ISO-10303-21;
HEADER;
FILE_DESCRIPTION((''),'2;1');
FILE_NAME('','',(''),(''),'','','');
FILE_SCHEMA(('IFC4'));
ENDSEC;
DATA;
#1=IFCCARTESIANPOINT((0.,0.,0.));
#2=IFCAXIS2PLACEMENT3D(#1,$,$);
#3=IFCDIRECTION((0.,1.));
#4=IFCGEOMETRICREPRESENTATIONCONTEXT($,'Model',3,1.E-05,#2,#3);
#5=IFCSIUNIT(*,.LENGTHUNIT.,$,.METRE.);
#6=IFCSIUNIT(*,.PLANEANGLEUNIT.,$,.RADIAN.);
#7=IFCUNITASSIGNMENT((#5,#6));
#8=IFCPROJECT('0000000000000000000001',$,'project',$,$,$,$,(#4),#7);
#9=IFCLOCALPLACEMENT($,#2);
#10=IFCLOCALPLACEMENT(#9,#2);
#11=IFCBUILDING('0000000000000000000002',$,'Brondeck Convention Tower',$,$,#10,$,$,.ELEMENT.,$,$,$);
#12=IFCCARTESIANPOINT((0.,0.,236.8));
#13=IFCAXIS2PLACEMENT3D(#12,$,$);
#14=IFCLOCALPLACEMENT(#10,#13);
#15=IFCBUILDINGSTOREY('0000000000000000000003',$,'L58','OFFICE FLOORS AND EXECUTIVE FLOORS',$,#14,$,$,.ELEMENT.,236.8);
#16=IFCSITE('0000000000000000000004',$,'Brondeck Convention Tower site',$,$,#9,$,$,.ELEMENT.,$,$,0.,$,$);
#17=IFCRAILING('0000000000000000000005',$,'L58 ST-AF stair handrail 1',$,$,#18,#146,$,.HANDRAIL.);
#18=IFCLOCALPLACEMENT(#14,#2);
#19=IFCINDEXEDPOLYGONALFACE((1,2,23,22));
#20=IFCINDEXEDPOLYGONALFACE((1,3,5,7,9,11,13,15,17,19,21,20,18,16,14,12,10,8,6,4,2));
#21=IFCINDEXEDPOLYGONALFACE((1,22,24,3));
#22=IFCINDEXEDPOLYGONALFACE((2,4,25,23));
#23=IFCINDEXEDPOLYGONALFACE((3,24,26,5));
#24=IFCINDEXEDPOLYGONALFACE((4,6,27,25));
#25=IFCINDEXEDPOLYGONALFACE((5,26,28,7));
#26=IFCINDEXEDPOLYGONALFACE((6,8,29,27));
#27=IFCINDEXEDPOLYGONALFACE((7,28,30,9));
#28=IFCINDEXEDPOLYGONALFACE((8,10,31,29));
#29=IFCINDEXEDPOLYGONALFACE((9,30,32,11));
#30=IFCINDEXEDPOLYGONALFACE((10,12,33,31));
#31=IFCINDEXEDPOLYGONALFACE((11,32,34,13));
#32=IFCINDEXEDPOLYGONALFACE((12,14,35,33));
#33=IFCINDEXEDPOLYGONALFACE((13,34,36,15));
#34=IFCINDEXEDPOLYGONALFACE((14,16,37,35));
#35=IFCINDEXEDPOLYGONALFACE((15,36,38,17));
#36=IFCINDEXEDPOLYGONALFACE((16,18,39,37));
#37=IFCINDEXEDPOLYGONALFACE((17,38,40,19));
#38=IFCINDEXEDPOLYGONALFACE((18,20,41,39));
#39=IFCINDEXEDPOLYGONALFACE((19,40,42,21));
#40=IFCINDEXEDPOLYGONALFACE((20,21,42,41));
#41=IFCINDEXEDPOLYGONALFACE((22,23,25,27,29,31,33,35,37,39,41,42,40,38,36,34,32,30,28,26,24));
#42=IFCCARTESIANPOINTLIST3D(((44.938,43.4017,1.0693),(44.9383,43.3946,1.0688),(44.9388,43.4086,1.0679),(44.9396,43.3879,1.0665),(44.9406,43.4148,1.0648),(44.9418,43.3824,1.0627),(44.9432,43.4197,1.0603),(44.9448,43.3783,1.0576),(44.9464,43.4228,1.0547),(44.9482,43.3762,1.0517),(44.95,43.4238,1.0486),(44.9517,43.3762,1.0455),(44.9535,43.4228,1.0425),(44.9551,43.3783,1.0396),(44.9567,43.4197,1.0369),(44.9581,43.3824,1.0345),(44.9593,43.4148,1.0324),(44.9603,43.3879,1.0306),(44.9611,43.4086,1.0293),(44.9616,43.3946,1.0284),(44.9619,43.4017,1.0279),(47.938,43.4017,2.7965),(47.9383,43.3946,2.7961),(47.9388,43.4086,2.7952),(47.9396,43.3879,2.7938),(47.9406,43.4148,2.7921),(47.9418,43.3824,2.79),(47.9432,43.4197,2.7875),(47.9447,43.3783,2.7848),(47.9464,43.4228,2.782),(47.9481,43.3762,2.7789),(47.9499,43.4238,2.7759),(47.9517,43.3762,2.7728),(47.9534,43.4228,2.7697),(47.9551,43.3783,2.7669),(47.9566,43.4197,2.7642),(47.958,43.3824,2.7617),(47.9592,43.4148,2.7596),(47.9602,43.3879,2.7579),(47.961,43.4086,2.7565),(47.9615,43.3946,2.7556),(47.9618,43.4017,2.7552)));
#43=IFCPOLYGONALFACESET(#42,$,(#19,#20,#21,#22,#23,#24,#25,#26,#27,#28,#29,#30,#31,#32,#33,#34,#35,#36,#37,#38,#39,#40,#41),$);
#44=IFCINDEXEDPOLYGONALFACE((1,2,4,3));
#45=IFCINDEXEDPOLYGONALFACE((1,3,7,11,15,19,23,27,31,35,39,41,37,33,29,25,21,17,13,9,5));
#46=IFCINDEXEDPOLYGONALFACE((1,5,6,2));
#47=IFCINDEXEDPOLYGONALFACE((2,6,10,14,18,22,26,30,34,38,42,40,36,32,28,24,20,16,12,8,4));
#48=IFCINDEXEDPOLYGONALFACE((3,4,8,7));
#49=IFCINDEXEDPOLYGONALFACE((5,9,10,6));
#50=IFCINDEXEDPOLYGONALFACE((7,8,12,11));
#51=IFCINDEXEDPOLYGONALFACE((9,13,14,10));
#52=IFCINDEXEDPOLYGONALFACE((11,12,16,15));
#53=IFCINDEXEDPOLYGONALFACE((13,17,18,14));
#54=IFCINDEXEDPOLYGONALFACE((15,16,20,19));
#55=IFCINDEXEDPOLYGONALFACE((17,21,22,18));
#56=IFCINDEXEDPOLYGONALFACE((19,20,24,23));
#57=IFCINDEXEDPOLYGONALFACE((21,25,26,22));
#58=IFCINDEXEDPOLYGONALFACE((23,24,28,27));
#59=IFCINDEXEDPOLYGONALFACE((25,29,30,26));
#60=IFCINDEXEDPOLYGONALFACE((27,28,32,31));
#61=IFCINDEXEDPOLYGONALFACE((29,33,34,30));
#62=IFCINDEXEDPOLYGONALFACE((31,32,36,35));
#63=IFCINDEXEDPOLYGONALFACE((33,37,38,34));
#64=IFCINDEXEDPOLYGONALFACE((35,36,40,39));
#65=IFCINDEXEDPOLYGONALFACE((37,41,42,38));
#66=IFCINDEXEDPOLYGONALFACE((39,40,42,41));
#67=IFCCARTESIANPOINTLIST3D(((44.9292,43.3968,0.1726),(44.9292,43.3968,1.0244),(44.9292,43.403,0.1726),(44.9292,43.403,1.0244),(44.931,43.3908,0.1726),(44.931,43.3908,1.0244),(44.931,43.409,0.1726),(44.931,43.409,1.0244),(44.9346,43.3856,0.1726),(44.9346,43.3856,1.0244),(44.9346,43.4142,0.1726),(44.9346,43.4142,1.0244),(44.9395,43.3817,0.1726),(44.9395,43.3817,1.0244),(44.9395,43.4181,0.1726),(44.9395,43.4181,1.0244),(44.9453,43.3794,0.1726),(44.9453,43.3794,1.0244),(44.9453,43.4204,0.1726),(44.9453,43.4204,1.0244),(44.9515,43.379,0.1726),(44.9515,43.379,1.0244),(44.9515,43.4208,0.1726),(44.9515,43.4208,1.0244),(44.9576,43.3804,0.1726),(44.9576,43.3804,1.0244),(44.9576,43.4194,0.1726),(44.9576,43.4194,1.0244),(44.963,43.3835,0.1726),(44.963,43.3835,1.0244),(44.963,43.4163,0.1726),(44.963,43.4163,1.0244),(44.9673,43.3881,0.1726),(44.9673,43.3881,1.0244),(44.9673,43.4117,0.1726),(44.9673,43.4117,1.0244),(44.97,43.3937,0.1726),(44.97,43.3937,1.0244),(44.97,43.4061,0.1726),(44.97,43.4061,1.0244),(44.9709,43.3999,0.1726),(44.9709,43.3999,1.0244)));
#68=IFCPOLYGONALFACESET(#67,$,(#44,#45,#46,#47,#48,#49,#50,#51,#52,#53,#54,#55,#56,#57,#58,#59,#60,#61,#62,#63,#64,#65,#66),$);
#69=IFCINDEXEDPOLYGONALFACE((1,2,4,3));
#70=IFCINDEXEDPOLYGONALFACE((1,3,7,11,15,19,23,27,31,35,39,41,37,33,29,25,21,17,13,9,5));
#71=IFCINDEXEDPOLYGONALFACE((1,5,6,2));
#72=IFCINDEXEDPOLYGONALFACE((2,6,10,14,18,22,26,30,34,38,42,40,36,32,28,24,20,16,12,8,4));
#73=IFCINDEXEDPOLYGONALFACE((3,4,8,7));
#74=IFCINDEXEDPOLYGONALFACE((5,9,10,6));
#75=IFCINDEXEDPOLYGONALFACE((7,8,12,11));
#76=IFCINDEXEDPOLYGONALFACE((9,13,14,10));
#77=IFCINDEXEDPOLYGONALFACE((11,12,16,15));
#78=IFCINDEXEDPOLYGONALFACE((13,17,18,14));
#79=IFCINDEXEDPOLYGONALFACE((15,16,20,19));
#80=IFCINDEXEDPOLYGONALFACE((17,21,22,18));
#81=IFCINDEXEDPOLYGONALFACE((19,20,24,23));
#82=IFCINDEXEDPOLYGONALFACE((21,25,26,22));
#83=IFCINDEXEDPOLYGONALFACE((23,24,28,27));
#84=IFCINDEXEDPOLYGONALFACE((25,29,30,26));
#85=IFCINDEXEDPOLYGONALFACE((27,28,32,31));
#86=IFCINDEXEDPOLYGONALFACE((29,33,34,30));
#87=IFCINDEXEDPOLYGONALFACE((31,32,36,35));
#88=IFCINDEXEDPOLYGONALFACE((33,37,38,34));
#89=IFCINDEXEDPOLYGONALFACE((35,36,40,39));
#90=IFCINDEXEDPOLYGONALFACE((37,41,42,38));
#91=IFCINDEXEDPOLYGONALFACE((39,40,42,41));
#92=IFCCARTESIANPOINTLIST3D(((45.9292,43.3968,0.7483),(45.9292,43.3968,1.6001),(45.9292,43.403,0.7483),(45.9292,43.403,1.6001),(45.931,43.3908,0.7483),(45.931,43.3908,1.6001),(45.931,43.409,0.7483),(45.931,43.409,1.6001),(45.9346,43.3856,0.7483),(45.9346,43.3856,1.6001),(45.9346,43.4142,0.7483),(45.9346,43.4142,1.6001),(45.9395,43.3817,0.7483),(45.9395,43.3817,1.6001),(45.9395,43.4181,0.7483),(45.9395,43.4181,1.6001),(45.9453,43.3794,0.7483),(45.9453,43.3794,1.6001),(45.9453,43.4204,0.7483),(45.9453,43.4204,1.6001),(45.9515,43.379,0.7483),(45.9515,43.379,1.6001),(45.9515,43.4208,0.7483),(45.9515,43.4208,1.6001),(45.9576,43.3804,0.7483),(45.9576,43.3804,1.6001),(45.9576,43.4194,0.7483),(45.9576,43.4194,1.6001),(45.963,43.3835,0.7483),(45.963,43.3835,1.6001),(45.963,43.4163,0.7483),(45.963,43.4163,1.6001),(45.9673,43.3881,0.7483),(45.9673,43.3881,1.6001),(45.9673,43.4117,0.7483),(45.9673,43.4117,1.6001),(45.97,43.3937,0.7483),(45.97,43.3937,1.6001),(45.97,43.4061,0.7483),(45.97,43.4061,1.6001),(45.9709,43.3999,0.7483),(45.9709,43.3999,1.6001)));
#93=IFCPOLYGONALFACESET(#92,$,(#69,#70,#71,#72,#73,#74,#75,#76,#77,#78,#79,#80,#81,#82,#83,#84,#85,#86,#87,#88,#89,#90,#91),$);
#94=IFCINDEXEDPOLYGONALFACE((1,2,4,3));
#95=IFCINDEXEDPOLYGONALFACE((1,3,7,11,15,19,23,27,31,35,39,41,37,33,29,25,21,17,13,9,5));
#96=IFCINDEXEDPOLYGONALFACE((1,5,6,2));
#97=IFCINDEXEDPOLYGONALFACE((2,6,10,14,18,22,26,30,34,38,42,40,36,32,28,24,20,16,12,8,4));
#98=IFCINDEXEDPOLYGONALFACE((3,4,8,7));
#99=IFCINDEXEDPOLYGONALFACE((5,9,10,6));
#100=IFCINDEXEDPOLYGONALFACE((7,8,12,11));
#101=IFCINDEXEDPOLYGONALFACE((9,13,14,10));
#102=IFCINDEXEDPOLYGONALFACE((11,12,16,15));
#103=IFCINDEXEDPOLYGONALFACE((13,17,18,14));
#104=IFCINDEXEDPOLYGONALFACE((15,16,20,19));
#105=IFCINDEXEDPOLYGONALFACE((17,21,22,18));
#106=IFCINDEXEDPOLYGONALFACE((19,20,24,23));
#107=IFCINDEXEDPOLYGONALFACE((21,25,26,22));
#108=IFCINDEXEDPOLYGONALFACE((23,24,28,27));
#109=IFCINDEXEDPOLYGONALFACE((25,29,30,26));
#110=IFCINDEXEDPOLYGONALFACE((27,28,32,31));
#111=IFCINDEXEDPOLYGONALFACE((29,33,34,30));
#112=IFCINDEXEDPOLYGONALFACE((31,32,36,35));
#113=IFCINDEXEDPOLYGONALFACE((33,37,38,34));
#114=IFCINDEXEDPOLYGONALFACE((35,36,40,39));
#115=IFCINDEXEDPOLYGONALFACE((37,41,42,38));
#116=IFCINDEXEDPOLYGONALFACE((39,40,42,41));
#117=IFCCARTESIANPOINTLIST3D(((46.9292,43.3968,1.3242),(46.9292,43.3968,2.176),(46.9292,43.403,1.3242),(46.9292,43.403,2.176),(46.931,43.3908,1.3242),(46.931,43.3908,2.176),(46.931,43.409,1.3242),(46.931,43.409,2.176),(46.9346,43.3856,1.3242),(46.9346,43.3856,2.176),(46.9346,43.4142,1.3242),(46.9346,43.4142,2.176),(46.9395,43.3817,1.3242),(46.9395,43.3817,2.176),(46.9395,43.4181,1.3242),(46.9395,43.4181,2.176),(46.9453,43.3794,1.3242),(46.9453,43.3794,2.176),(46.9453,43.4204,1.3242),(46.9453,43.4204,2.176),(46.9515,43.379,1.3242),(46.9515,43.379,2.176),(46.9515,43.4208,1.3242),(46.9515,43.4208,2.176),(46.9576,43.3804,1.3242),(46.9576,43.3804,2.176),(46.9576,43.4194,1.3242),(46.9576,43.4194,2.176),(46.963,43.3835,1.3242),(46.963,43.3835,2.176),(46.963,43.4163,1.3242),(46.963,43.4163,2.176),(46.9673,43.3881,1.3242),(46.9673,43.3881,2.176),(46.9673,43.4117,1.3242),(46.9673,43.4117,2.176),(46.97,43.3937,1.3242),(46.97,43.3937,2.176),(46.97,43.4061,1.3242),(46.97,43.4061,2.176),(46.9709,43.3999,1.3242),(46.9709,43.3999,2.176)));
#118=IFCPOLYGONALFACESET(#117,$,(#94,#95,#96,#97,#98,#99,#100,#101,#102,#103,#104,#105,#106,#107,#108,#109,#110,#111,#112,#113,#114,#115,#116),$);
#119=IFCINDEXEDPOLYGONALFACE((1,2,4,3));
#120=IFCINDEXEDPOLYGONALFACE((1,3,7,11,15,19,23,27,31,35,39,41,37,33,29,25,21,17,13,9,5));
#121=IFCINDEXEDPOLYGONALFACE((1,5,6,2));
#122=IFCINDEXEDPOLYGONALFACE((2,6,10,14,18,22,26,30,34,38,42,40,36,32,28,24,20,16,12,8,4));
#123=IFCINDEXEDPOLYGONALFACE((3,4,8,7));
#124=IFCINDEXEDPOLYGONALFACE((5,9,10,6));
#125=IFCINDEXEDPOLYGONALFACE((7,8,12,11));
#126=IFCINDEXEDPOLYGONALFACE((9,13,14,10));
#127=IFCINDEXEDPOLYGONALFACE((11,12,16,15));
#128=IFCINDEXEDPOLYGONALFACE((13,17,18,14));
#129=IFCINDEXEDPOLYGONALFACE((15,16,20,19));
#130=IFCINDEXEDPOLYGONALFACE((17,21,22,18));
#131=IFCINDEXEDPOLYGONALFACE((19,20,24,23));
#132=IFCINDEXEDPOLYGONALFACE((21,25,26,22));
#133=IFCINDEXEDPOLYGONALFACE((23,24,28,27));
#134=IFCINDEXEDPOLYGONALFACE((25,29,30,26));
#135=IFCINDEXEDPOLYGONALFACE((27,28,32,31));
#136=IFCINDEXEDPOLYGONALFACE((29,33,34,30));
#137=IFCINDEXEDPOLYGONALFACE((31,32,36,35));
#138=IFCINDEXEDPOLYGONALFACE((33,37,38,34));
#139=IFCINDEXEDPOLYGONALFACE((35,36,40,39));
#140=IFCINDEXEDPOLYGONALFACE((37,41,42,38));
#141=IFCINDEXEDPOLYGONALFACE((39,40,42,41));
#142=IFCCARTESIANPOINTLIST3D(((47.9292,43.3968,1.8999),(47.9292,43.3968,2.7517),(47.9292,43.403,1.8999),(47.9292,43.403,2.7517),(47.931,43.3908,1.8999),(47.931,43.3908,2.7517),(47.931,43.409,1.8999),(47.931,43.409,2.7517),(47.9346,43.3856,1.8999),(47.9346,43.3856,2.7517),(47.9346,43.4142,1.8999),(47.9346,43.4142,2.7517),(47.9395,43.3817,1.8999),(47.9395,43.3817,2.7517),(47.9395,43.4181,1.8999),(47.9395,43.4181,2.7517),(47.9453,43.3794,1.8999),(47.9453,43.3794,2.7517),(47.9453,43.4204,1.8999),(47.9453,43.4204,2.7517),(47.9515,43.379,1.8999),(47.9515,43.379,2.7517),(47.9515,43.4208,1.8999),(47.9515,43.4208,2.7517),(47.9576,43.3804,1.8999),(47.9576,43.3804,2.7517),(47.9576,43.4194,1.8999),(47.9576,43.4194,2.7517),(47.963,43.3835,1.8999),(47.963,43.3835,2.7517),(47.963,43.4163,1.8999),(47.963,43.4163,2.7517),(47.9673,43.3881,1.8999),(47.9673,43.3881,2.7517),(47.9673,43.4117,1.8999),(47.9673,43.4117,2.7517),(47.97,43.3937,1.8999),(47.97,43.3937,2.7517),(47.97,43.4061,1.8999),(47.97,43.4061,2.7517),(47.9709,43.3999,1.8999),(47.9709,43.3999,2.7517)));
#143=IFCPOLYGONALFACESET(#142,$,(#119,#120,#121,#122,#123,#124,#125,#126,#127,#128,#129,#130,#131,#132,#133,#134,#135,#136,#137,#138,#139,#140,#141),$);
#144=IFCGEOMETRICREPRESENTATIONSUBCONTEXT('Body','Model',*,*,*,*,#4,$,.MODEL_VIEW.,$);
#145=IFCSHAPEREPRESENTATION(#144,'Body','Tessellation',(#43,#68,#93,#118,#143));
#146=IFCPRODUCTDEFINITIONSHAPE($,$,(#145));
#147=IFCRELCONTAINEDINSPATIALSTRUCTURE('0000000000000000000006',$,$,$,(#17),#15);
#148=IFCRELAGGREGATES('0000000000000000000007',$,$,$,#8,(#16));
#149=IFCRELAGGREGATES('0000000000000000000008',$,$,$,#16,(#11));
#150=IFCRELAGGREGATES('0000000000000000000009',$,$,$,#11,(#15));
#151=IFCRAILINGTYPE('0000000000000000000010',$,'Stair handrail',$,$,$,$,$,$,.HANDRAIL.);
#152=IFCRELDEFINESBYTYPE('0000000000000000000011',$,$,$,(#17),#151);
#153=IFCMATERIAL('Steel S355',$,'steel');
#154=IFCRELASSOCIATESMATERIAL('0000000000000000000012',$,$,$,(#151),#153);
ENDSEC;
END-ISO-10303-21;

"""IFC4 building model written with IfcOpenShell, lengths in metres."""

from ifc_helpers import new_model, si_unit, direction, frame, origin, origin_2d, place, context, subcontext, project, spatial, circle, extrude, material, type_object, element, save


model = new_model("IFC4")

# Units and contexts
model_context = context("Model", 3, precision=1e-05, world=origin(), true_north=direction((0.0, 1.0)))
body_context = subcontext(model_context, "Body", "Model", "MODEL_VIEW")
ifc_project = project(units=[si_unit("LENGTHUNIT", "METRE"), si_unit("PLANEANGLEUNIT", "RADIAN")], contexts=[model_context])

# Site, building, storey
site_placement = place(None, origin())
site = spatial("IfcSite", under=ifc_project, at=site_placement, Name="Brondeck Convention Tower site", CompositionType="ELEMENT", RefElevation=0.0)
building_placement = place(site_placement, origin())
building = spatial("IfcBuilding", under=site, at=building_placement, Name="Brondeck Convention Tower", CompositionType="ELEMENT")
storey_placement = place(building_placement, frame((0.0, 0.0, 236.8)))
storey = spatial("IfcBuildingStorey", under=building, at=storey_placement, Name="L58", Description="OFFICE FLOORS AND EXECUTIVE FLOORS", CompositionType="ELEMENT", Elevation=236.8)

# Shared definitions
ifc_material_1 = material(Name="Steel S355", Category="steel")

# Railing
railing_type_1 = type_object("IfcRailingType", Name="Stair handrail", PredefinedType="HANDRAIL", material=ifc_material_1)
railing_1_placement = place(storey_placement, frame((44.95, 43.3999, 0.1726)))
element("IfcRailing", 1, at=railing_1_placement, inside=storey, type_object=railing_type_1, Name="L58 ST-AF stair handrail 1", PredefinedType="HANDRAIL", context=body_context, shape_type="SweptSolid", body=[
    extrude(circle(Radius=0.0239, at=origin_2d()), frame((0.0, 0.0, 0.876), z_axis=(0.86662, 0.0, 0.498969), x_axis=(0.0, 1.0, 0.0)), (0.0, 0.0, 1.0), 3.4617),
    extrude(circle(Radius=0.021, at=origin_2d()), origin(), (0.0, 0.0, 1.0), 0.8518),
    extrude(circle(Radius=0.021, at=origin_2d()), frame((1.0, 0.0, 0.5757)), (0.0, 0.0, 1.0), 0.8518),
    extrude(circle(Radius=0.021, at=origin_2d()), frame((2.0, 0.0, 1.1516)), (0.0, 0.0, 1.0), 0.8518),
    extrude(circle(Radius=0.021, at=origin_2d()), frame((3.0, 0.0, 1.7273)), (0.0, 0.0, 1.0), 0.8518),
])

save(model, "model.ifc")
